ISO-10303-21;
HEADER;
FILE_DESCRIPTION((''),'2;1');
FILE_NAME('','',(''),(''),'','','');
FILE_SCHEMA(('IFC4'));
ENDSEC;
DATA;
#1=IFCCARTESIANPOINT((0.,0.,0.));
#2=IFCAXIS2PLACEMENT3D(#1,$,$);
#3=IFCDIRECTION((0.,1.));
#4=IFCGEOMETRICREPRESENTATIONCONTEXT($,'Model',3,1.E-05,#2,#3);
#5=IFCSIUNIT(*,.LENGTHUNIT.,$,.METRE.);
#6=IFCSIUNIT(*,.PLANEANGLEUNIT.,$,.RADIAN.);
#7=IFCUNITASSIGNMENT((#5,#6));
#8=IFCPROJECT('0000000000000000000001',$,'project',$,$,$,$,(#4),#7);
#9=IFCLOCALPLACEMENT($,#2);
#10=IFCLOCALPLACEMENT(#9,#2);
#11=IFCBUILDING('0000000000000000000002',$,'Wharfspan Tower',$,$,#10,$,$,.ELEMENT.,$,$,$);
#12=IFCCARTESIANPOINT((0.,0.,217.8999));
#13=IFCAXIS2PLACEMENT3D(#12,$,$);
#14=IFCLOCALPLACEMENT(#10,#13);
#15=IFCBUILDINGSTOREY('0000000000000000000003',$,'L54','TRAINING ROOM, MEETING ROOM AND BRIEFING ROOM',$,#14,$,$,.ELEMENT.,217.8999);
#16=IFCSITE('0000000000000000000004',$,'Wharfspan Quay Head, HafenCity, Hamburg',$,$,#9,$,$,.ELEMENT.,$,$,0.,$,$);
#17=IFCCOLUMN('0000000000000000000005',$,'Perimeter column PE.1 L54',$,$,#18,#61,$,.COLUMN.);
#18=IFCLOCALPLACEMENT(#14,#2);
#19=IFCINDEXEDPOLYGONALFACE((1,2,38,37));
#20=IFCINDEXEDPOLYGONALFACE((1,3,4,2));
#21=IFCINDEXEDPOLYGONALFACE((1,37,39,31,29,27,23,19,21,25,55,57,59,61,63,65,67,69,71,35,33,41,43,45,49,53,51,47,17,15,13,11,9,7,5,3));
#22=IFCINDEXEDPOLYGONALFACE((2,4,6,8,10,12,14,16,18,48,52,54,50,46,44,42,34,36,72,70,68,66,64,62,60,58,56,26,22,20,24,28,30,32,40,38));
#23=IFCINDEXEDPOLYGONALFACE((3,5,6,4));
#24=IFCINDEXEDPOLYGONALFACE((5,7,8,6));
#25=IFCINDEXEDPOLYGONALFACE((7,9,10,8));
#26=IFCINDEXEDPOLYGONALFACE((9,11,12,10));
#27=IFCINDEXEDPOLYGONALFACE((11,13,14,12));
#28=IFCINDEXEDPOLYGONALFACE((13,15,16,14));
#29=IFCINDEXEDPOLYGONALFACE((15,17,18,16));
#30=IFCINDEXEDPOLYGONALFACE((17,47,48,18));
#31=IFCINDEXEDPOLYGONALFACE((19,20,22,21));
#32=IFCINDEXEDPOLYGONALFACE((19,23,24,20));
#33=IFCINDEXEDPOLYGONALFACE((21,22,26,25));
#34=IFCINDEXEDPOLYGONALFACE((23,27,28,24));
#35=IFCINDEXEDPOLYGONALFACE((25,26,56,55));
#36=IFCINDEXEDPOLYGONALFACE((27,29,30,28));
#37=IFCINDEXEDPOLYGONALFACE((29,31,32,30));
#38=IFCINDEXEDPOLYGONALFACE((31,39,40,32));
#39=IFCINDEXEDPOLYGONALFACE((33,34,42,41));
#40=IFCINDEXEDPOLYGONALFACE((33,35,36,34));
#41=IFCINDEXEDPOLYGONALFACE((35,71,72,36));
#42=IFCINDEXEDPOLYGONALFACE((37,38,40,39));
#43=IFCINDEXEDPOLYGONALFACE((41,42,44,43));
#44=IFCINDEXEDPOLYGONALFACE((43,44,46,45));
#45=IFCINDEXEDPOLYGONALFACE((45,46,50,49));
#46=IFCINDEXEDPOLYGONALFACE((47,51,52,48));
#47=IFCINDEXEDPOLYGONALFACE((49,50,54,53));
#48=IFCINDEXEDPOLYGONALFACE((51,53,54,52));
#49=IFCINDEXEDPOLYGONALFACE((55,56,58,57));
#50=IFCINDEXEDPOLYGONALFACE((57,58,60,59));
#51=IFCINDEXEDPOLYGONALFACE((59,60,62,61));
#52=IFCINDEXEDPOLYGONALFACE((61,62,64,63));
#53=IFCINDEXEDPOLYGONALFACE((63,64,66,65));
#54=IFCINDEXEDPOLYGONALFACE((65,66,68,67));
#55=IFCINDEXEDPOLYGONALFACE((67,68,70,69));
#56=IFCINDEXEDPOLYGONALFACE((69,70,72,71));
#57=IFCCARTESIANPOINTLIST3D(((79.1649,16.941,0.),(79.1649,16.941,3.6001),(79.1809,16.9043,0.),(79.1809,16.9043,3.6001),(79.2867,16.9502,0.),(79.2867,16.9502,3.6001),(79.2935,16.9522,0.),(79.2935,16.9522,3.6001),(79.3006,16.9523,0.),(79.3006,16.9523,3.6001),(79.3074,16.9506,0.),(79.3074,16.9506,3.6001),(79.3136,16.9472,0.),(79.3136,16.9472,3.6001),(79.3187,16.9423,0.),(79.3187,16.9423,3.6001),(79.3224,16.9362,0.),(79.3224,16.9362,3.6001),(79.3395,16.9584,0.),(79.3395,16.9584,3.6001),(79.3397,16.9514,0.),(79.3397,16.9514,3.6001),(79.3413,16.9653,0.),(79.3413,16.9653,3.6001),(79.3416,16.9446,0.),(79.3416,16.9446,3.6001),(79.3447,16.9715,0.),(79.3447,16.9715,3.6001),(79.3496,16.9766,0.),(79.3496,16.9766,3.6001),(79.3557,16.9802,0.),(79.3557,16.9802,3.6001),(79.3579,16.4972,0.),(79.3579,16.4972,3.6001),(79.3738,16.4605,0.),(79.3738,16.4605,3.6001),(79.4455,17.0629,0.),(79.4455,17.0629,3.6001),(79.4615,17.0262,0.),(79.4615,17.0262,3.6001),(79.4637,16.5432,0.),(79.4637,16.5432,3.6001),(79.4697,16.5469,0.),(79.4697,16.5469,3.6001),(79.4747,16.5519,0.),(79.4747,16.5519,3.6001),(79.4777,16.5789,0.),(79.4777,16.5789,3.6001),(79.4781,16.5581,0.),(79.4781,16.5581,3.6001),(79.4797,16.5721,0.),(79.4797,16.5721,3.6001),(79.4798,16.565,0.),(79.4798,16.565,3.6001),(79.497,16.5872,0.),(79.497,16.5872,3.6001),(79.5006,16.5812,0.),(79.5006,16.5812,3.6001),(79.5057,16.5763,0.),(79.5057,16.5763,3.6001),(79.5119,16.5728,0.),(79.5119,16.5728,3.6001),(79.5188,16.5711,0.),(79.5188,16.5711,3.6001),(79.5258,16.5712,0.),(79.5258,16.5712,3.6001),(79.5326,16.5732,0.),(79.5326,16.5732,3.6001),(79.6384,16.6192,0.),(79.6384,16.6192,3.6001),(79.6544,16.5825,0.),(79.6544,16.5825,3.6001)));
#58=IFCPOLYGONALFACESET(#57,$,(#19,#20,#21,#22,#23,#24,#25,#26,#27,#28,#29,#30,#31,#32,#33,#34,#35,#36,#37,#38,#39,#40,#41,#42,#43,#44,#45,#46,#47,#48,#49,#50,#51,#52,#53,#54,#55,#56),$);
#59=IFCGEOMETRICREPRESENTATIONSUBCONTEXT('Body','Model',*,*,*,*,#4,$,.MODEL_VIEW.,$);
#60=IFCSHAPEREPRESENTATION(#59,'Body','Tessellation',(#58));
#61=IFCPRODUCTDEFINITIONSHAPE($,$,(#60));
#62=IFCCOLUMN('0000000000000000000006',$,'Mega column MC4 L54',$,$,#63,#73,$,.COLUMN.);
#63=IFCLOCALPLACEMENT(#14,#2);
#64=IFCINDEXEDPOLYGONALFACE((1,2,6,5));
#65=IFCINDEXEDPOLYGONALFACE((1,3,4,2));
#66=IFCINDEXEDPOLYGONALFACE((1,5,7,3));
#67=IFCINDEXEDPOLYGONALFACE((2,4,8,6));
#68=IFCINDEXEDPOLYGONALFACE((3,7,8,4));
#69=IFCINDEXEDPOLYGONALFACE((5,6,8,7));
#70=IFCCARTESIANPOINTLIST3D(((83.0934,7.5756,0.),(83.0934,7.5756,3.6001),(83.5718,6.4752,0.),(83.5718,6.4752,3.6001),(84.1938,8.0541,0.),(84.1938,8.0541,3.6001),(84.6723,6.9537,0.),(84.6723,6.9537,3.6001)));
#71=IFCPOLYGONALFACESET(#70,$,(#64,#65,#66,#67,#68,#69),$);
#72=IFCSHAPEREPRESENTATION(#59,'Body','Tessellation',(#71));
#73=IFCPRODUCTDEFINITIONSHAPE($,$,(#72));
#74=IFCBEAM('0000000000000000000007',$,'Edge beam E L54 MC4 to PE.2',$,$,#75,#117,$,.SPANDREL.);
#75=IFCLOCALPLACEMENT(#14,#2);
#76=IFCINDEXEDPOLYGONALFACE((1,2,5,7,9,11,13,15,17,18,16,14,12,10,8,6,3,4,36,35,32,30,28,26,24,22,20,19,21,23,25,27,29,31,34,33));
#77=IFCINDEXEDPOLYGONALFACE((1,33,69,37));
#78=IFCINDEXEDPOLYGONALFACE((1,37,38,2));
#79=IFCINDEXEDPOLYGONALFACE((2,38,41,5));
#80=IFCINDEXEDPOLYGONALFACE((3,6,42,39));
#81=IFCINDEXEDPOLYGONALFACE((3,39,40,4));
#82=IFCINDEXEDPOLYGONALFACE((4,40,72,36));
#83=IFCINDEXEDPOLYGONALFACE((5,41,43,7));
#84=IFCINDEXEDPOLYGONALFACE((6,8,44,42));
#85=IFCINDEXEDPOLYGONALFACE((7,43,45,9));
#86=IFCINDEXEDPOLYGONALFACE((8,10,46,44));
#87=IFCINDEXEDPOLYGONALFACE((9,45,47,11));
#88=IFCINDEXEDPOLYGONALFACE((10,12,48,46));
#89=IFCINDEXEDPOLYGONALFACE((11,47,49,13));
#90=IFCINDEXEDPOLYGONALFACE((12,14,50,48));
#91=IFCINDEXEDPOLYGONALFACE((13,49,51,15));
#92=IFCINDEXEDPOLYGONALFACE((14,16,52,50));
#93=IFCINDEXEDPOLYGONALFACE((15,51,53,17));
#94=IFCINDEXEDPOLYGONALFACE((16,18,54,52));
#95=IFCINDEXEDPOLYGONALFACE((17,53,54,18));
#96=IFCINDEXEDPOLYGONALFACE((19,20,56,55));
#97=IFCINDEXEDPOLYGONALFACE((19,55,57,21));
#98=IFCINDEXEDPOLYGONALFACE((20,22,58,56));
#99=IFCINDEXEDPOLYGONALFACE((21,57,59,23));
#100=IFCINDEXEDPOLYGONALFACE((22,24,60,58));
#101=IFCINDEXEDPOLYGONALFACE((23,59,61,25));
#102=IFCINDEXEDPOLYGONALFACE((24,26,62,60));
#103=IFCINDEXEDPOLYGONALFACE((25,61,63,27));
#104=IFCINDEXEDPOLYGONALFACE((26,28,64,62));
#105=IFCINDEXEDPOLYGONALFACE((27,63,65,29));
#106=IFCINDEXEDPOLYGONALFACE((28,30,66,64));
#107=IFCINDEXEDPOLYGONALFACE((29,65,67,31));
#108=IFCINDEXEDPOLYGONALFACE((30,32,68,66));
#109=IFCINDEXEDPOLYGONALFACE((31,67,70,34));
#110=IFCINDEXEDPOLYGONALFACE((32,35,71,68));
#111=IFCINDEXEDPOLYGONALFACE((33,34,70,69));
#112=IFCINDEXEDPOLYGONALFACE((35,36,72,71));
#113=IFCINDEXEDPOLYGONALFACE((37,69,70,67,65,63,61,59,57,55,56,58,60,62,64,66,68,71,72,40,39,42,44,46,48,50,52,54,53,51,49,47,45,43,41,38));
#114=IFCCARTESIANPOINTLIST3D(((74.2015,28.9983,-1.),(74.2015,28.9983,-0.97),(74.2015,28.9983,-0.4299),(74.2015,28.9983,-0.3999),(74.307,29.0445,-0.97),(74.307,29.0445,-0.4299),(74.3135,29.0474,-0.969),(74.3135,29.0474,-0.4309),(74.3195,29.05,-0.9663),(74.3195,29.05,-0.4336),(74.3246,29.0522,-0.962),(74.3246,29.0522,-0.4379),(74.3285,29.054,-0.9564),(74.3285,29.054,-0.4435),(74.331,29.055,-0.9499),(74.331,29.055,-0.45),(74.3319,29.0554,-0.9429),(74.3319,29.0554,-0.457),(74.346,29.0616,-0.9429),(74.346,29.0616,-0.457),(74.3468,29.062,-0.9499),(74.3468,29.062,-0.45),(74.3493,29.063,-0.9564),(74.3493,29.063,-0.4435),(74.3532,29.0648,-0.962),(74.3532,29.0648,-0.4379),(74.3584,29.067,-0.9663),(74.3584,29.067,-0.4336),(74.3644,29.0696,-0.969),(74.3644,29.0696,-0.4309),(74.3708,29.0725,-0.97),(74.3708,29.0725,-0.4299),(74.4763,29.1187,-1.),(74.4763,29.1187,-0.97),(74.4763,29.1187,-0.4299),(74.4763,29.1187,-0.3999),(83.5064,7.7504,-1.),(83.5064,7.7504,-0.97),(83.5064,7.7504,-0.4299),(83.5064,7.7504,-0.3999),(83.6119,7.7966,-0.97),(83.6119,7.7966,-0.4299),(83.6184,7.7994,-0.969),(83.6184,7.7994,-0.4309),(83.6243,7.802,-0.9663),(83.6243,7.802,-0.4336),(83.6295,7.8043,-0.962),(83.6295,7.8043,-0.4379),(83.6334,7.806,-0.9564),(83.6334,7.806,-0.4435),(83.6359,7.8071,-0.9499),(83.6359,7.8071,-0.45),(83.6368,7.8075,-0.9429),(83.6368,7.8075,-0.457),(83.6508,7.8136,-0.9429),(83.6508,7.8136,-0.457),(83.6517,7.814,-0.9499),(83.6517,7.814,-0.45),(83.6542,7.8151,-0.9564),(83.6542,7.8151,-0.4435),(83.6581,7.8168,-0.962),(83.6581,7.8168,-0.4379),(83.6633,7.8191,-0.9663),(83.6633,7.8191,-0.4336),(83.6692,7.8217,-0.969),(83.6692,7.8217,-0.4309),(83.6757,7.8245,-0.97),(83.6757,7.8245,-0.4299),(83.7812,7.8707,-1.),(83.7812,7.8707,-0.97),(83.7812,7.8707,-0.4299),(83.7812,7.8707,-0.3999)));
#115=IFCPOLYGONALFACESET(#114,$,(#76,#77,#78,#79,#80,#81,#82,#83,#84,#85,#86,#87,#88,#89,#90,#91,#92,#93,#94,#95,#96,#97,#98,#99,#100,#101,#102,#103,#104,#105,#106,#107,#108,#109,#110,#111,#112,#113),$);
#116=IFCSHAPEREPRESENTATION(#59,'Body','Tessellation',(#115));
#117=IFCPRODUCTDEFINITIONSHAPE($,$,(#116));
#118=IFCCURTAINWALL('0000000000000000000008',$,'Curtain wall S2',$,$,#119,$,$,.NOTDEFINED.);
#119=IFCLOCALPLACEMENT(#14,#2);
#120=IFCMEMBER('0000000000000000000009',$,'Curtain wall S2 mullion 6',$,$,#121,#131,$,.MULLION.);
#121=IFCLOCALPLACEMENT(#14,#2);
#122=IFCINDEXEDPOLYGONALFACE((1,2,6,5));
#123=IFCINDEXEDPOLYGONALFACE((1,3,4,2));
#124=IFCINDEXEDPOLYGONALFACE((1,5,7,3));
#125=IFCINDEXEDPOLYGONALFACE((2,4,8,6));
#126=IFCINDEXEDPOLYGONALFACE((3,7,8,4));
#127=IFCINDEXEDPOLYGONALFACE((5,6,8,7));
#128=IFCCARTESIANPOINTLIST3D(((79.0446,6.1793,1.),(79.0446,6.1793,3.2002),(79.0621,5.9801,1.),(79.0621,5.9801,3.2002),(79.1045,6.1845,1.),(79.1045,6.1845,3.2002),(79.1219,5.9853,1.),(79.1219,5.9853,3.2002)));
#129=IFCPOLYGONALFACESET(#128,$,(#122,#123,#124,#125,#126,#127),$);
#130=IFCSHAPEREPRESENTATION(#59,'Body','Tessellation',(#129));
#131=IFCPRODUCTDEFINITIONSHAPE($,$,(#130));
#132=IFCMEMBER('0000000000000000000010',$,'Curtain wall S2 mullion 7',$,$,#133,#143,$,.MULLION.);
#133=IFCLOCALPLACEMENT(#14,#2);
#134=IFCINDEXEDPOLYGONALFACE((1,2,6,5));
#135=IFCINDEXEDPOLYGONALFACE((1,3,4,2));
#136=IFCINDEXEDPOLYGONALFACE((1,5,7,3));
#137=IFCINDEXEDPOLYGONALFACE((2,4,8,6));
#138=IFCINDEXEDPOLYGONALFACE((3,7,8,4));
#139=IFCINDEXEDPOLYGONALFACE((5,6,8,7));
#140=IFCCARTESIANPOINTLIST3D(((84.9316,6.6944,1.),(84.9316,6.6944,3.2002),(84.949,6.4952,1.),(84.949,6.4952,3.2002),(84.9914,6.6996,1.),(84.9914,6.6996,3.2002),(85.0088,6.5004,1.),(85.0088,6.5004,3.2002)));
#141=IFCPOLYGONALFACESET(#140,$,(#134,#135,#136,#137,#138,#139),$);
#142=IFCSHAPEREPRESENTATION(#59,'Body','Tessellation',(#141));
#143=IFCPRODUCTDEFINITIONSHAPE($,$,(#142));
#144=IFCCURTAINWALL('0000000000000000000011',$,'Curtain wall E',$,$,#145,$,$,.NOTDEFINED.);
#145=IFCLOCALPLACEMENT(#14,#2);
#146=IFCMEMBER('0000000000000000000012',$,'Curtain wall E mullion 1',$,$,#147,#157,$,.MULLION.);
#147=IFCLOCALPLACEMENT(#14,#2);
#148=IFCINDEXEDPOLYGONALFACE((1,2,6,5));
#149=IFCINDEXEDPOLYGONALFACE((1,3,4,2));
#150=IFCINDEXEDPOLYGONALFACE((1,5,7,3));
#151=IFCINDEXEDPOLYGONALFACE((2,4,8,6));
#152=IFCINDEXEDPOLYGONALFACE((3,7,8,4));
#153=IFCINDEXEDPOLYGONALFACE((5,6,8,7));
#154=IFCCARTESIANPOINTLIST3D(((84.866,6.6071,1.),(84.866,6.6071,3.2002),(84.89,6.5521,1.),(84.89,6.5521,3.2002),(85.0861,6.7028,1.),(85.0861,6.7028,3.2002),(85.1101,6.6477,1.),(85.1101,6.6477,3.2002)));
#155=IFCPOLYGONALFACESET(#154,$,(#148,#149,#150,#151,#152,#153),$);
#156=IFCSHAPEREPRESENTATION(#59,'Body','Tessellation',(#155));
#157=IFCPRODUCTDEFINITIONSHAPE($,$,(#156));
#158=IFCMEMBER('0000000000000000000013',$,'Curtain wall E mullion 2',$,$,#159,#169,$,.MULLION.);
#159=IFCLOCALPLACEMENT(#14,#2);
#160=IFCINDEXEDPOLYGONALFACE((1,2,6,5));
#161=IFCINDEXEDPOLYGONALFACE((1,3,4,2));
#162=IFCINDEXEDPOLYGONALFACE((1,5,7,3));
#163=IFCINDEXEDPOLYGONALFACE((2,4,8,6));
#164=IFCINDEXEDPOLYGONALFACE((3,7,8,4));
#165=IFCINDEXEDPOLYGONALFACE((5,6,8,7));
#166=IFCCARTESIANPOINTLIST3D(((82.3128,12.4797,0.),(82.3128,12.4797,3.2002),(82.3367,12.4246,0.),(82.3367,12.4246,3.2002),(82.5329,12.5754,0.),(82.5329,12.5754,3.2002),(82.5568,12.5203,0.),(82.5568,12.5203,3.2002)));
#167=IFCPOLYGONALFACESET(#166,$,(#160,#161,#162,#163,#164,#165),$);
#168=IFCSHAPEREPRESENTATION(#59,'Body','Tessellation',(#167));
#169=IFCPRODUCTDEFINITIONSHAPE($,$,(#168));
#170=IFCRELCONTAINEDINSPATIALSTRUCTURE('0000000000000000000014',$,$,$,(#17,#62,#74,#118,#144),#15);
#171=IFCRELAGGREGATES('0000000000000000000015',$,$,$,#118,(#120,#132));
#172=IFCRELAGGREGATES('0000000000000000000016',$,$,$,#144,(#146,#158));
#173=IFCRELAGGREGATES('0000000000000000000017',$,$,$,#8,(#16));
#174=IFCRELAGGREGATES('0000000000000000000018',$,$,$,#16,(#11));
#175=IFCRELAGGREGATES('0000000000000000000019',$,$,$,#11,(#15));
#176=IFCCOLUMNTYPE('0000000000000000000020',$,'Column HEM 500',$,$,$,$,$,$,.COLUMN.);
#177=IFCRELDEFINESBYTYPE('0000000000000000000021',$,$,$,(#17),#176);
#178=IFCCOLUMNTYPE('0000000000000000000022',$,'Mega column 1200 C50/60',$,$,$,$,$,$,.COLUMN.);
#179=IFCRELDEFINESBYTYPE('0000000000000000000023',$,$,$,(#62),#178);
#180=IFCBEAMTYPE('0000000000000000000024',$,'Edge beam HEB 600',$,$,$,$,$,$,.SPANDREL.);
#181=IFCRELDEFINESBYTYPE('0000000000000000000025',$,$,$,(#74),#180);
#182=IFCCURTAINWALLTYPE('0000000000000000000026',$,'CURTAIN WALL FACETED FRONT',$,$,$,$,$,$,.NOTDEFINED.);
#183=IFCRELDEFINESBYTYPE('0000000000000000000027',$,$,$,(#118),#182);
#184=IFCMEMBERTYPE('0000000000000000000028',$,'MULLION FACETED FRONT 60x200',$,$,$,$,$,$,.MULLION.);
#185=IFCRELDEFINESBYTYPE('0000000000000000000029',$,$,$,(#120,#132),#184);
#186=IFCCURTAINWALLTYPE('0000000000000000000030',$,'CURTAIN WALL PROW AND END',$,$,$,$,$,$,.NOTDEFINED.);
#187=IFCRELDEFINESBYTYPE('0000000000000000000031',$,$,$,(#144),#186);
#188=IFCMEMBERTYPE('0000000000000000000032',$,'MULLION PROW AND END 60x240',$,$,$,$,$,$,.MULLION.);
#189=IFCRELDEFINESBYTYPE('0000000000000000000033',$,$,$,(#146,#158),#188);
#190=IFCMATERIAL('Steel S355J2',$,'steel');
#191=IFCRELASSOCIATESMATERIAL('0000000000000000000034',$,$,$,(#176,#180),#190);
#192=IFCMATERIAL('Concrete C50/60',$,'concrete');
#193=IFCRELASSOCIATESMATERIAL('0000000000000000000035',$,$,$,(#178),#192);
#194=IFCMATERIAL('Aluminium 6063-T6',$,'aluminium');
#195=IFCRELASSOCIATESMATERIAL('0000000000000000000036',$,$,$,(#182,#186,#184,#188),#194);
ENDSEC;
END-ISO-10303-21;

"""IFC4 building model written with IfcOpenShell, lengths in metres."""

from ifc_helpers import new_model, si_unit, direction, frame, origin, origin_2d, place, context, subcontext, project, spatial, rectangle, i_section, extrude, material, material_profile, profile_set, type_object, element, aggregate, save


model = new_model("IFC4")

# Units and contexts
model_context = context("Model", 3, precision=1e-05, world=origin(), true_north=direction((0.0, 1.0)))
body_context = subcontext(model_context, "Body", "Model", "MODEL_VIEW")
ifc_project = project(units=[si_unit("LENGTHUNIT", "METRE"), si_unit("PLANEANGLEUNIT", "RADIAN")], contexts=[model_context])

# Site, building, storey
site_placement = place(None, origin())
site = spatial("IfcSite", under=ifc_project, at=site_placement, Name="Wharfspan Quay Head, HafenCity, Hamburg", CompositionType="ELEMENT", RefElevation=0.0)
building_placement = place(site_placement, origin())
building = spatial("IfcBuilding", under=site, at=building_placement, Name="Wharfspan Tower", CompositionType="ELEMENT")
storey_placement = place(building_placement, frame((0.0, 0.0, 217.8999)))
storey = spatial("IfcBuildingStorey", under=building, at=storey_placement, Name="L54", Description="TRAINING ROOM, MEETING ROOM AND BRIEFING ROOM", CompositionType="ELEMENT", Elevation=217.8999)

# Columns
ifc_material_1 = material(Name="Steel S355J2", Category="steel")
ifc_material_profile_1 = material_profile(ifc_material_1, i_section(OverallWidth=0.3059, OverallDepth=0.5239, WebThickness=0.021, FlangeThickness=0.04, FilletRadius=0.0271, at=origin_2d()))
ifc_profile_set_1 = profile_set([ifc_material_profile_1], Name="Steel S355J2")
column_type_1 = type_object("IfcColumnType", Name="Column HEM 500", PredefinedType="COLUMN", material=ifc_profile_set_1)
column_1_placement = place(storey_placement, frame((79.4097, 16.7617, 0.0), z_axis=(0.0, 0.0, 1.0), x_axis=(0.917072, 0.398727, 0.0)))
element("IfcColumn", 1, at=column_1_placement, inside=storey, type_object=column_type_1, Name="Perimeter column PE.1 L54", PredefinedType="COLUMN", context=body_context, shape_type="SweptSolid", body=[
    extrude(i_section(OverallWidth=0.3059, OverallDepth=0.5239, WebThickness=0.021, FlangeThickness=0.04, FilletRadius=0.0271, at=origin_2d()), origin(), (0.0, 0.0, 1.0), 3.6001),
])
ifc_material_2 = material(Name="Concrete C50/60", Category="concrete")
ifc_material_profile_2 = material_profile(ifc_material_2, rectangle(XDim=1.2, YDim=1.2, at=origin_2d()))
ifc_profile_set_2 = profile_set([ifc_material_profile_2], Name="Concrete C50/60")
column_type_2 = type_object("IfcColumnType", Name="Mega column 1200 C50/60", PredefinedType="COLUMN", material=ifc_profile_set_2)
column_2_placement = place(storey_placement, frame((83.8828, 7.2646, 0.0), z_axis=(0.0, 0.0, 1.0), x_axis=(-0.398727, 0.917072, 0.0)))
element("IfcColumn", 2, at=column_2_placement, inside=storey, type_object=column_type_2, Name="Mega column MC4 L54", PredefinedType="COLUMN", context=body_context, shape_type="SweptSolid", body=[
    extrude(rectangle(XDim=1.2, YDim=1.2, at=origin_2d()), origin(), (0.0, 0.0, 1.0), 3.6001),
])

# Beam
ifc_material_profile_3 = material_profile(ifc_material_1, i_section(OverallWidth=0.3, OverallDepth=0.6001, WebThickness=0.0154, FlangeThickness=0.03, FilletRadius=0.0271, at=origin_2d()))
ifc_profile_set_3 = profile_set([ifc_material_profile_3], Name="Steel S355J2")
beam_type = type_object("IfcBeamType", Name="Edge beam HEB 600", PredefinedType="SPANDREL", material=ifc_profile_set_3)
beam_placement = place(storey_placement, frame((83.6438, 7.8105, -0.7), z_axis=(-0.401141, 0.916016, 0.0), x_axis=(-0.916016, -0.401141, 0.0)))
element("IfcBeam", 3, at=beam_placement, inside=storey, type_object=beam_type, Name="Edge beam E L54 MC4 to PE.2", PredefinedType="SPANDREL", context=body_context, shape_type="SweptSolid", body=[
    extrude(i_section(OverallWidth=0.3, OverallDepth=0.6001, WebThickness=0.0154, FlangeThickness=0.03, FilletRadius=0.0271, at=origin_2d()), origin(), (0.0, 0.0, 1.0), 23.196),
])

# Curtain walls, members
ifc_material_3 = material(Name="Aluminium 6063-T6", Category="aluminium")
curtain_wall_type_1 = type_object("IfcCurtainWallType", Name="CURTAIN WALL FACETED FRONT", PredefinedType="NOTDEFINED", material=ifc_material_3)
curtain_wall_1_placement = place(storey_placement, origin())
curtain_wall_1 = element("IfcCurtainWall", 4, at=curtain_wall_1_placement, inside=storey, type_object=curtain_wall_type_1, Name="Curtain wall S2", PredefinedType="NOTDEFINED")
ifc_material_profile_4 = material_profile(ifc_material_3, rectangle(XDim=0.2, YDim=0.0601, at=origin_2d()))
ifc_profile_set_4 = profile_set([ifc_material_profile_4], Name="Aluminium 6063-T6")
member_type_1 = type_object("IfcMemberType", Name="MULLION FACETED FRONT 60x200", PredefinedType="MULLION", material=ifc_profile_set_4)
member_1_placement = place(storey_placement, frame((79.0833, 6.0823, 1.0), z_axis=(0.0, 0.0, 1.0), x_axis=(-0.087156, 0.996197, 0.0)))
member_1 = element("IfcMember", 5, at=member_1_placement, type_object=member_type_1, Name="Curtain wall S2 mullion 6", PredefinedType="MULLION", context=body_context, shape_type="SweptSolid", body=[
    extrude(rectangle(XDim=0.2, YDim=0.0601, at=origin_2d()), origin(), (0.0, 0.0, 1.0), 2.2002),
])
member_2_placement = place(storey_placement, frame((84.9702, 6.5974, 1.0), z_axis=(0.0, 0.0, 1.0), x_axis=(-0.087156, 0.996197, 0.0)))
member_2 = element("IfcMember", 6, at=member_2_placement, type_object=member_type_1, Name="Curtain wall S2 mullion 7", PredefinedType="MULLION", context=body_context, shape_type="SweptSolid", body=[
    extrude(rectangle(XDim=0.2, YDim=0.0601, at=origin_2d()), origin(), (0.0, 0.0, 1.0), 2.2002),
])
curtain_wall_type_2 = type_object("IfcCurtainWallType", Name="CURTAIN WALL PROW AND END", PredefinedType="NOTDEFINED", material=ifc_material_3)
curtain_wall_2_placement = place(storey_placement, origin())
curtain_wall_2 = element("IfcCurtainWall", 7, at=curtain_wall_2_placement, inside=storey, type_object=curtain_wall_type_2, Name="Curtain wall E", PredefinedType="NOTDEFINED")
ifc_material_profile_5 = material_profile(ifc_material_3, rectangle(XDim=0.24, YDim=0.0601, at=origin_2d()))
ifc_profile_set_5 = profile_set([ifc_material_profile_5], Name="Aluminium 6063-T6")
member_type_2 = type_object("IfcMemberType", Name="MULLION PROW AND END 60x240", PredefinedType="MULLION", material=ifc_profile_set_5)
member_3_placement = place(storey_placement, frame((84.988, 6.6274, 1.0), z_axis=(0.0, 0.0, 1.0), x_axis=(-0.917072, -0.398727, 0.0)))
member_3 = element("IfcMember", 8, at=member_3_placement, type_object=member_type_2, Name="Curtain wall E mullion 1", PredefinedType="MULLION", context=body_context, shape_type="SweptSolid", body=[
    extrude(rectangle(XDim=0.24, YDim=0.0601, at=origin_2d()), origin(), (0.0, 0.0, 1.0), 2.2002),
])
member_4_placement = place(storey_placement, frame((82.4348, 12.5, 0.0), z_axis=(0.0, 0.0, 1.0), x_axis=(-0.917072, -0.398727, 0.0)))
member_4 = element("IfcMember", 9, at=member_4_placement, type_object=member_type_2, Name="Curtain wall E mullion 2", PredefinedType="MULLION", context=body_context, shape_type="SweptSolid", body=[
    extrude(rectangle(XDim=0.24, YDim=0.0601, at=origin_2d()), origin(), (0.0, 0.0, 1.0), 3.2002),
])

aggregate(curtain_wall_1, [member_1, member_2])
aggregate(curtain_wall_2, [member_3, member_4])

save(model, "model.ifc")
